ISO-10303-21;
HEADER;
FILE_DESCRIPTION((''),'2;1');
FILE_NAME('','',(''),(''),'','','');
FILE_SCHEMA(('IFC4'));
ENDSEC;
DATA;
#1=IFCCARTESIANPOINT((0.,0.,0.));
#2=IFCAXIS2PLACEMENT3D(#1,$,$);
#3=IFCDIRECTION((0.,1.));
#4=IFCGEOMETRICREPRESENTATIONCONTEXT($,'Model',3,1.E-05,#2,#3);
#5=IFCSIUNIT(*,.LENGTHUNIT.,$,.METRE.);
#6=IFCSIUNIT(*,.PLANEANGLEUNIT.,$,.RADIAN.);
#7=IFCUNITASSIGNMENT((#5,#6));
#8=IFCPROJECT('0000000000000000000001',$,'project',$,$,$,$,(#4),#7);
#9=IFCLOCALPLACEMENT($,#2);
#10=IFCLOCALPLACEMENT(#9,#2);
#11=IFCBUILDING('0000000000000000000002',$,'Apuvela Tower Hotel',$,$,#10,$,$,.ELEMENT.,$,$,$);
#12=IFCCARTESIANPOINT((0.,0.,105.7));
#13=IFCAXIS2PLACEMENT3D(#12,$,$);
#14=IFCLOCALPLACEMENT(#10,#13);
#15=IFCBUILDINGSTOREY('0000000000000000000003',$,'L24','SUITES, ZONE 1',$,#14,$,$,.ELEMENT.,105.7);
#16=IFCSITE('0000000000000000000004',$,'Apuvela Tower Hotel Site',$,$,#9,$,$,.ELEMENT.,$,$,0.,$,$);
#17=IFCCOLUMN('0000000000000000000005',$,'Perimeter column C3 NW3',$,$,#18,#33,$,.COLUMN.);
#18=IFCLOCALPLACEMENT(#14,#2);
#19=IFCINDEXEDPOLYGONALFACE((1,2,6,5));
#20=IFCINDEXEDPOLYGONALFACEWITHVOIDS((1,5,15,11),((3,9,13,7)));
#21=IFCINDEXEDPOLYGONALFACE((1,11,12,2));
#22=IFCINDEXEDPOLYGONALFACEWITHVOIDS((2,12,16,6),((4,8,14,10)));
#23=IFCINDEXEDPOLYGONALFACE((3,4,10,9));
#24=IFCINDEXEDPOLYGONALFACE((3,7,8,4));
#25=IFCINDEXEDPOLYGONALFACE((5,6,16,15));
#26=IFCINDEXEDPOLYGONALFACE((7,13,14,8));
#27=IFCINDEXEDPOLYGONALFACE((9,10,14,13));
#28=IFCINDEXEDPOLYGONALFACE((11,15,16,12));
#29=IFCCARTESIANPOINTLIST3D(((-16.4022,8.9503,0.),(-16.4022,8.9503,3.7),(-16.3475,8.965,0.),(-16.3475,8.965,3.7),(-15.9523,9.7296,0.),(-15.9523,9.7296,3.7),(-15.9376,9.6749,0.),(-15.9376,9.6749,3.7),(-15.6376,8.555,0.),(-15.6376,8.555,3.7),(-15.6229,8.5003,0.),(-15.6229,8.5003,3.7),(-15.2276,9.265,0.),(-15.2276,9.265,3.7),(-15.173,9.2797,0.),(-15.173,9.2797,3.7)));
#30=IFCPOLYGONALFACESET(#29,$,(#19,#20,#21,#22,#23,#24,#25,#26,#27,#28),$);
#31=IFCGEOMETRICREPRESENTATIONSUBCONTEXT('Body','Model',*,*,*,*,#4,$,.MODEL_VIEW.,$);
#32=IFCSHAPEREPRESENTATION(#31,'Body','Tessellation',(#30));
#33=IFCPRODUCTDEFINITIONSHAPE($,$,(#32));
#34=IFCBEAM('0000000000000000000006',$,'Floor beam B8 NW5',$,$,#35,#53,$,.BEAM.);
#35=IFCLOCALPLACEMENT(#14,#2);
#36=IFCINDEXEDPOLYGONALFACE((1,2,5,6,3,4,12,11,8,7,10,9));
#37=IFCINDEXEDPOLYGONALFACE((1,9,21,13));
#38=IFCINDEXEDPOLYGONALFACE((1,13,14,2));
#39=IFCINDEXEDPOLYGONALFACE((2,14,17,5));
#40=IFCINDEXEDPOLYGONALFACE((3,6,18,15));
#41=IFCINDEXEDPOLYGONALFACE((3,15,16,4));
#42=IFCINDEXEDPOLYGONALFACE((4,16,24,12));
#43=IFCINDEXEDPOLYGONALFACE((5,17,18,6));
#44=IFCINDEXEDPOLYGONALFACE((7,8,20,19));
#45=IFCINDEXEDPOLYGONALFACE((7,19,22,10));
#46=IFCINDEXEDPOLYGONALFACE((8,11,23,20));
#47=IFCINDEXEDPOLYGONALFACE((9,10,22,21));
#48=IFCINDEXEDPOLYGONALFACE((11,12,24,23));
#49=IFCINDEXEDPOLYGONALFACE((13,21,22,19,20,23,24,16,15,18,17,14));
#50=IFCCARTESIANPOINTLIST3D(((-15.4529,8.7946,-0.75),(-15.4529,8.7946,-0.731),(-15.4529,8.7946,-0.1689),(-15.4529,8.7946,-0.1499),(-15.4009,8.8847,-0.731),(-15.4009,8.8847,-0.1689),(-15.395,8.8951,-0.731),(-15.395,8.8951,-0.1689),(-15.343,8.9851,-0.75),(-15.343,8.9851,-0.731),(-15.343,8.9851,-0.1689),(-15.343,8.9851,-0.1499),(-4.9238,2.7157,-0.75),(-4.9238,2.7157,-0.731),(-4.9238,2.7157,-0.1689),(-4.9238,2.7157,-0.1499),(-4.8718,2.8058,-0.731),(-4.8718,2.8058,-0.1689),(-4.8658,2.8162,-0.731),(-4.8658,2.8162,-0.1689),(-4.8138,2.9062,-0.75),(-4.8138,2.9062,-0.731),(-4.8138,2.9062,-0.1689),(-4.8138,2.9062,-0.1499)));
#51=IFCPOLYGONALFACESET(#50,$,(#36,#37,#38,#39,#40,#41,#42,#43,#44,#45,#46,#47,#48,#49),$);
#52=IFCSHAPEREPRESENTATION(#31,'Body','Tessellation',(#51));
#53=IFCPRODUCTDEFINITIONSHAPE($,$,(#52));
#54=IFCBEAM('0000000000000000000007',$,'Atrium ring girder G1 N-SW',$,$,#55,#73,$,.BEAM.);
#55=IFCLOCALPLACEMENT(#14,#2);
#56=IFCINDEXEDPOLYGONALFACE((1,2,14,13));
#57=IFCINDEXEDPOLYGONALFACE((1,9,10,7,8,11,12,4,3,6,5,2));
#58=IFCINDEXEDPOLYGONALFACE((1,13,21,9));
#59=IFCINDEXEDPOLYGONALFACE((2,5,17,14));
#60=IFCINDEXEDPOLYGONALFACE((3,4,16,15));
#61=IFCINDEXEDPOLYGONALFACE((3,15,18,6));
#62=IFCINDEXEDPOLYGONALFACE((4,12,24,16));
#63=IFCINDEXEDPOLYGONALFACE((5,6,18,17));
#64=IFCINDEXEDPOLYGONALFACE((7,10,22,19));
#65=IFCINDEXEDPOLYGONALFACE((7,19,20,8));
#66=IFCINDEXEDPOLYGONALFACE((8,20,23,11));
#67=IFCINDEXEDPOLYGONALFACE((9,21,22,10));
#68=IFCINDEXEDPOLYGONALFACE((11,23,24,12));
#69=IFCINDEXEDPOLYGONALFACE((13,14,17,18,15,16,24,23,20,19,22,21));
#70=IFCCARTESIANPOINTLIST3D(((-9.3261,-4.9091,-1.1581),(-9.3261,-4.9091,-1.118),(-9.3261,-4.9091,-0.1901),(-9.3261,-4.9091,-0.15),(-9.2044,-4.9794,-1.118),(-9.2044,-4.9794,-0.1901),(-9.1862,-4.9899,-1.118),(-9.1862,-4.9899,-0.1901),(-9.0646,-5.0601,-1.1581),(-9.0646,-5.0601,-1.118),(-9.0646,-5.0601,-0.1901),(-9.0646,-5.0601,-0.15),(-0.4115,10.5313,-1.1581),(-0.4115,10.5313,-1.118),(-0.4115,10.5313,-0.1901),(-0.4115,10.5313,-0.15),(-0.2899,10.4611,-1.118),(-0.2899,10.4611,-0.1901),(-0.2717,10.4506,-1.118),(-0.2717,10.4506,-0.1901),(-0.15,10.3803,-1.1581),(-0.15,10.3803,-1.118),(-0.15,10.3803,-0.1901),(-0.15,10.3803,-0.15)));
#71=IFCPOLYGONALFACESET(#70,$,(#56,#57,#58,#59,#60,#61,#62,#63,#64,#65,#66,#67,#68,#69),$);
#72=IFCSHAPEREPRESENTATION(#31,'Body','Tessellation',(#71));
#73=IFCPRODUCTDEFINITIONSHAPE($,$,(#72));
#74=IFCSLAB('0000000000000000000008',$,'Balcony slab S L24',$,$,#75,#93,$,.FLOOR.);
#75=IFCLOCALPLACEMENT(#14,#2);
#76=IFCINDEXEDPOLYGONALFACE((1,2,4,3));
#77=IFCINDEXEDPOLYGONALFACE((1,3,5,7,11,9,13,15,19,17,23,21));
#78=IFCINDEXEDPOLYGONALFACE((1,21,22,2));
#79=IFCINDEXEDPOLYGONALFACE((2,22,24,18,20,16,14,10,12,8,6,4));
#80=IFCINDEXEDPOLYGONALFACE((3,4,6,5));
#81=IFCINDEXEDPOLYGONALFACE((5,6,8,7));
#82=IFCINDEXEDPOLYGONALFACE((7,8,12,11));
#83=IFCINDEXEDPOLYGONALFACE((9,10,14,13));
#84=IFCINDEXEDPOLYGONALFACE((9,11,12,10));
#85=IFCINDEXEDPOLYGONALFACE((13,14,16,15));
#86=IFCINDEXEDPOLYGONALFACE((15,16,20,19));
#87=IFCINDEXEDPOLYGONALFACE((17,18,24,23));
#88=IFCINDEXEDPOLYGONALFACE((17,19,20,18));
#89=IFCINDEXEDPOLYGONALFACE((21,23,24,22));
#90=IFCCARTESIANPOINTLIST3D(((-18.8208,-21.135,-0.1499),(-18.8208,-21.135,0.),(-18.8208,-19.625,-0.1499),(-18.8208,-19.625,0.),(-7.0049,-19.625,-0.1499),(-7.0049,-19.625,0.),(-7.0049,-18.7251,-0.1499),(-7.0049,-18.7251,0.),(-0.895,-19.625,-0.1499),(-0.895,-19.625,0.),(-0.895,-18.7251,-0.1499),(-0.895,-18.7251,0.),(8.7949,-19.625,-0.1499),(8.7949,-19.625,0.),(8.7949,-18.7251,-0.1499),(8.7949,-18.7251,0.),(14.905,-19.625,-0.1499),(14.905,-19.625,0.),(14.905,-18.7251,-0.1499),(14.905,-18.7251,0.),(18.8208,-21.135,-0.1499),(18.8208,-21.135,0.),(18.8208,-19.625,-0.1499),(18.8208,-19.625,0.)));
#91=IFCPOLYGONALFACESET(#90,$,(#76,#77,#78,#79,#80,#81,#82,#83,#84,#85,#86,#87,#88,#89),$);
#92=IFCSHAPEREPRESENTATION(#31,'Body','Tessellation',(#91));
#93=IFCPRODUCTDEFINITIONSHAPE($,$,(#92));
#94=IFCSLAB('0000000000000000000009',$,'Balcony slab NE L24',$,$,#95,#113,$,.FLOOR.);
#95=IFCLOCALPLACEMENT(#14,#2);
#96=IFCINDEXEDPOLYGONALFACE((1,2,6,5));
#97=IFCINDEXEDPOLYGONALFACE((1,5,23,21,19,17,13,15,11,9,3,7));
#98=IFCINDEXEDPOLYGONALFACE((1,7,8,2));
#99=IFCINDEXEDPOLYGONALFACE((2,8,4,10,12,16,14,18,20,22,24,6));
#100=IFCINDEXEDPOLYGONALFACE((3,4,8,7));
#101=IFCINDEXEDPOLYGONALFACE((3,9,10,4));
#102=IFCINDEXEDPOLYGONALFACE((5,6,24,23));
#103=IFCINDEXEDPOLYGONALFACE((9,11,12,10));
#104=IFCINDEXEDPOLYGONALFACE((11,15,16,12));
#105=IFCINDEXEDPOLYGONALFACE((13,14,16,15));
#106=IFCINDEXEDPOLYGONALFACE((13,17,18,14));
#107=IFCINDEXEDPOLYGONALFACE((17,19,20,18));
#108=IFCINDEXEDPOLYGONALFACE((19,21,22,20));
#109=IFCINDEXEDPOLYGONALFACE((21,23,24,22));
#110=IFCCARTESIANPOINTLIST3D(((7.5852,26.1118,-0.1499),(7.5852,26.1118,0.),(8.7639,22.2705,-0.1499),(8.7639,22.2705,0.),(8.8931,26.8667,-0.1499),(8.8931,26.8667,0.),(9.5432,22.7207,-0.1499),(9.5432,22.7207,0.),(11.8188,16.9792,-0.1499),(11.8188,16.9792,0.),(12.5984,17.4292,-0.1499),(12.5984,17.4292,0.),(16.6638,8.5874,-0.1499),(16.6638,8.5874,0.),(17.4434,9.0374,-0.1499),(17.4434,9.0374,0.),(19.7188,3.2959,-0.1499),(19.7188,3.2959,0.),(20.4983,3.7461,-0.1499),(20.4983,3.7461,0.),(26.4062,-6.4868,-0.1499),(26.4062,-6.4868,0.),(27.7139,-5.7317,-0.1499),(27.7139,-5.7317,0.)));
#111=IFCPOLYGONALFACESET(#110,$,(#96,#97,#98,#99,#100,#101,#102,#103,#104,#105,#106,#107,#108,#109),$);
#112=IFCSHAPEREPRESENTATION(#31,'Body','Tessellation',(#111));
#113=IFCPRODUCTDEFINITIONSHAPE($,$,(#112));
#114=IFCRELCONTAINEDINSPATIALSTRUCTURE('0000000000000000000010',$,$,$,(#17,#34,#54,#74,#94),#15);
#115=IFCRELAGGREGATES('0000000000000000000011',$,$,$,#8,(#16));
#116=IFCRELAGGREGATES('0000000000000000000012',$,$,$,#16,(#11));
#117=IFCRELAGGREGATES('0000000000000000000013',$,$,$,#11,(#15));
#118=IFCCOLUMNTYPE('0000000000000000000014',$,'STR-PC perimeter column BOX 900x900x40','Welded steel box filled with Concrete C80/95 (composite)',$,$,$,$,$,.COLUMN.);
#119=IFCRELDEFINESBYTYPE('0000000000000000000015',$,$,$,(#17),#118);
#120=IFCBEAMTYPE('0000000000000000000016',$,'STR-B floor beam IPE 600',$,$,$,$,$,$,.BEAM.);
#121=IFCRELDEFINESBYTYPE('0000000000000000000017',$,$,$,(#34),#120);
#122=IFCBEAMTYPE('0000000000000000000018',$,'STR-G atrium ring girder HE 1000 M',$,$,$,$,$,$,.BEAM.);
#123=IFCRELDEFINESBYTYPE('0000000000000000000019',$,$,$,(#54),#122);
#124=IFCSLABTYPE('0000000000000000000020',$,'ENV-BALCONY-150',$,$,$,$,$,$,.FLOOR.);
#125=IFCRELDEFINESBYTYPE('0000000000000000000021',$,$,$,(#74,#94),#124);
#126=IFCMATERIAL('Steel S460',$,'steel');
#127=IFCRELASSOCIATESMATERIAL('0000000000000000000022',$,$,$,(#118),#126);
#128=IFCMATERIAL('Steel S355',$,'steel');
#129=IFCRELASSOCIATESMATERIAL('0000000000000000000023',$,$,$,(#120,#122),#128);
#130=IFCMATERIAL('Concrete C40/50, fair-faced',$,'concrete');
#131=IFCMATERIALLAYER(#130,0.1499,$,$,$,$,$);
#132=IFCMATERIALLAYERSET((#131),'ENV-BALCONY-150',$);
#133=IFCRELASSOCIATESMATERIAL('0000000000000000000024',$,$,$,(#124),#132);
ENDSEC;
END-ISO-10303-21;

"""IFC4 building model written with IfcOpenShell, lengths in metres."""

from ifc_helpers import new_model, si_unit, direction, frame, origin, origin_2d, place, context, subcontext, project, spatial, polyline, rectangle, hollow_rectangle, i_section, outline, extrude, material, layer, layer_set, material_profile, profile_set, type_object, element, save


model = new_model("IFC4")

# Units and contexts
model_context = context("Model", 3, precision=1e-05, world=origin(), true_north=direction((0.0, 1.0)))
body_context = subcontext(model_context, "Body", "Model", "MODEL_VIEW")
ifc_project = project(units=[si_unit("LENGTHUNIT", "METRE"), si_unit("PLANEANGLEUNIT", "RADIAN")], contexts=[model_context])

# Site, building, storey
site_placement = place(None, origin())
site = spatial("IfcSite", under=ifc_project, at=site_placement, Name="Apuvela Tower Hotel Site", CompositionType="ELEMENT", RefElevation=0.0)
building_placement = place(site_placement, origin())
building = spatial("IfcBuilding", under=site, at=building_placement, Name="Apuvela Tower Hotel", CompositionType="ELEMENT")
storey_placement = place(building_placement, frame((0.0, 0.0, 105.7)))
storey = spatial("IfcBuildingStorey", under=building, at=storey_placement, Name="L24", Description="SUITES, ZONE 1", CompositionType="ELEMENT", Elevation=105.7)

# Column
ifc_material_1 = material(Name="Steel S460", Category="steel")
ifc_material_profile_1 = material_profile(ifc_material_1, hollow_rectangle(XDim=0.8999, YDim=0.8999, WallThickness=0.04, at=origin_2d()), Name="BOX 900x900x40")
ifc_material_2 = material(Name="Concrete C80/95", Category="concrete")
ifc_material_profile_2 = material_profile(ifc_material_2, rectangle(XDim=0.8201, YDim=0.8201, at=origin_2d()), Name="Concrete C80/95 infill")
ifc_profile_set_1 = profile_set([ifc_material_profile_1, ifc_material_profile_2], Name="Steel S460")
column_type = type_object("IfcColumnType", Name="STR-PC perimeter column BOX 900x900x40", Description="Welded steel box filled with Concrete C80/95 (composite)", PredefinedType="COLUMN", material=ifc_profile_set_1)
column_placement = place(storey_placement, frame((-15.7876, 9.115, 0.0), z_axis=(0.0, 0.0, 1.0), x_axis=(0.5, 0.866025, 0.0)))
element("IfcColumn", 1, at=column_placement, inside=storey, type_object=column_type, Name="Perimeter column C3 NW3", PredefinedType="COLUMN", context=body_context, shape_type="SweptSolid", body=[
    extrude(hollow_rectangle(XDim=0.8999, YDim=0.8999, WallThickness=0.04, at=origin_2d()), origin(), (0.0, 0.0, 1.0), 3.7),
])

# Beams
ifc_material_3 = material(Name="Steel S355", Category="steel")
ifc_material_profile_3 = material_profile(ifc_material_3, i_section(OverallWidth=0.22, OverallDepth=0.6001, WebThickness=0.012, FlangeThickness=0.019, at=origin_2d()), Name="IPE 600")
ifc_profile_set_2 = profile_set([ifc_material_profile_3], Name="Steel S355")
beam_type_1 = type_object("IfcBeamType", Name="STR-B floor beam IPE 600", PredefinedType="BEAM", material=ifc_profile_set_2)
beam_1_placement = place(storey_placement, frame((-15.3979, 8.8899, -0.45), z_axis=(0.866029, -0.499994, 0.0), x_axis=(0.499994, 0.866029, 0.0)))
element("IfcBeam", 2, at=beam_1_placement, inside=storey, type_object=beam_type_1, Name="Floor beam B8 NW5", PredefinedType="BEAM", context=body_context, shape_type="SweptSolid", body=[
    extrude(i_section(OverallWidth=0.22, OverallDepth=0.6001, WebThickness=0.012, FlangeThickness=0.019, at=origin_2d()), origin(), (0.0, 0.0, 1.0), 12.158),
])
ifc_material_profile_4 = material_profile(ifc_material_3, i_section(OverallWidth=0.302, OverallDepth=1.0081, WebThickness=0.021, FlangeThickness=0.04, at=origin_2d()), Name="HE 1000 M")
ifc_profile_set_3 = profile_set([ifc_material_profile_4], Name="Steel S355")
beam_type_2 = type_object("IfcBeamType", Name="STR-G atrium ring girder HE 1000 M", PredefinedType="BEAM", material=ifc_profile_set_3)
beam_2_placement = place(storey_placement, frame((-0.2808, 10.4558, -0.6541), z_axis=(-0.500001, -0.866025, 0.0), x_axis=(0.866025, -0.500001, 0.0)))
element("IfcBeam", 3, at=beam_2_placement, inside=storey, type_object=beam_type_2, Name="Atrium ring girder G1 N-SW", PredefinedType="BEAM", context=body_context, shape_type="SweptSolid", body=[
    extrude(i_section(OverallWidth=0.302, OverallDepth=1.0081, WebThickness=0.021, FlangeThickness=0.04, at=origin_2d()), origin(), (0.0, 0.0, 1.0), 17.8291),
])

# Slabs
ifc_material_4 = material(Name="Concrete C40/50, fair-faced", Category="concrete")
ifc_layer_1 = layer(ifc_material_4, 0.1499)
ifc_layer_set_1 = layer_set([ifc_layer_1], Name="ENV-BALCONY-150")
slab_type_1 = type_object("IfcSlabType", Name="ENV-BALCONY-150", PredefinedType="FLOOR", material=ifc_layer_set_1)
slab_1_placement = place(storey_placement, frame((0.0, 0.0, -0.1499)))
element("IfcSlab", 4, at=slab_1_placement, inside=storey, type_object=slab_type_1, Name="Balcony slab S L24", PredefinedType="FLOOR", context=body_context, shape_type="SweptSolid", body=[
    extrude(outline(polyline([(18.8208, -21.135), (-18.8208, -21.135), (-18.8208, -19.625), (-7.0049, -19.625), (-7.0049, -18.7251), (-0.895, -18.7251), (-0.895, -19.625), (8.7949, -19.625), (8.7949, -18.7251), (14.905, -18.7251), (14.905, -19.625), (18.8208, -19.625), (18.8208, -21.135)])), origin(), (0.0, 0.0, 1.0), 0.1499),
])
slab_2_placement = place(storey_placement, frame((0.0, 0.0, -0.1499)))
element("IfcSlab", 5, at=slab_2_placement, inside=storey, type_object=slab_type_1, Name="Balcony slab NE L24", PredefinedType="FLOOR", context=body_context, shape_type="SweptSolid", body=[
    extrude(outline(polyline([(17.4434, 9.0374), (12.5984, 17.4292), (11.8188, 16.9792), (8.7639, 22.2705), (9.5432, 22.7207), (7.5852, 26.1118), (8.8931, 26.8667), (27.7139, -5.7317), (26.4062, -6.4868), (20.4983, 3.7461), (19.7188, 3.2959), (16.6638, 8.5874), (17.4434, 9.0374)])), origin(), (0.0, 0.0, 1.0), 0.1499),
])

save(model, "model.ifc")
